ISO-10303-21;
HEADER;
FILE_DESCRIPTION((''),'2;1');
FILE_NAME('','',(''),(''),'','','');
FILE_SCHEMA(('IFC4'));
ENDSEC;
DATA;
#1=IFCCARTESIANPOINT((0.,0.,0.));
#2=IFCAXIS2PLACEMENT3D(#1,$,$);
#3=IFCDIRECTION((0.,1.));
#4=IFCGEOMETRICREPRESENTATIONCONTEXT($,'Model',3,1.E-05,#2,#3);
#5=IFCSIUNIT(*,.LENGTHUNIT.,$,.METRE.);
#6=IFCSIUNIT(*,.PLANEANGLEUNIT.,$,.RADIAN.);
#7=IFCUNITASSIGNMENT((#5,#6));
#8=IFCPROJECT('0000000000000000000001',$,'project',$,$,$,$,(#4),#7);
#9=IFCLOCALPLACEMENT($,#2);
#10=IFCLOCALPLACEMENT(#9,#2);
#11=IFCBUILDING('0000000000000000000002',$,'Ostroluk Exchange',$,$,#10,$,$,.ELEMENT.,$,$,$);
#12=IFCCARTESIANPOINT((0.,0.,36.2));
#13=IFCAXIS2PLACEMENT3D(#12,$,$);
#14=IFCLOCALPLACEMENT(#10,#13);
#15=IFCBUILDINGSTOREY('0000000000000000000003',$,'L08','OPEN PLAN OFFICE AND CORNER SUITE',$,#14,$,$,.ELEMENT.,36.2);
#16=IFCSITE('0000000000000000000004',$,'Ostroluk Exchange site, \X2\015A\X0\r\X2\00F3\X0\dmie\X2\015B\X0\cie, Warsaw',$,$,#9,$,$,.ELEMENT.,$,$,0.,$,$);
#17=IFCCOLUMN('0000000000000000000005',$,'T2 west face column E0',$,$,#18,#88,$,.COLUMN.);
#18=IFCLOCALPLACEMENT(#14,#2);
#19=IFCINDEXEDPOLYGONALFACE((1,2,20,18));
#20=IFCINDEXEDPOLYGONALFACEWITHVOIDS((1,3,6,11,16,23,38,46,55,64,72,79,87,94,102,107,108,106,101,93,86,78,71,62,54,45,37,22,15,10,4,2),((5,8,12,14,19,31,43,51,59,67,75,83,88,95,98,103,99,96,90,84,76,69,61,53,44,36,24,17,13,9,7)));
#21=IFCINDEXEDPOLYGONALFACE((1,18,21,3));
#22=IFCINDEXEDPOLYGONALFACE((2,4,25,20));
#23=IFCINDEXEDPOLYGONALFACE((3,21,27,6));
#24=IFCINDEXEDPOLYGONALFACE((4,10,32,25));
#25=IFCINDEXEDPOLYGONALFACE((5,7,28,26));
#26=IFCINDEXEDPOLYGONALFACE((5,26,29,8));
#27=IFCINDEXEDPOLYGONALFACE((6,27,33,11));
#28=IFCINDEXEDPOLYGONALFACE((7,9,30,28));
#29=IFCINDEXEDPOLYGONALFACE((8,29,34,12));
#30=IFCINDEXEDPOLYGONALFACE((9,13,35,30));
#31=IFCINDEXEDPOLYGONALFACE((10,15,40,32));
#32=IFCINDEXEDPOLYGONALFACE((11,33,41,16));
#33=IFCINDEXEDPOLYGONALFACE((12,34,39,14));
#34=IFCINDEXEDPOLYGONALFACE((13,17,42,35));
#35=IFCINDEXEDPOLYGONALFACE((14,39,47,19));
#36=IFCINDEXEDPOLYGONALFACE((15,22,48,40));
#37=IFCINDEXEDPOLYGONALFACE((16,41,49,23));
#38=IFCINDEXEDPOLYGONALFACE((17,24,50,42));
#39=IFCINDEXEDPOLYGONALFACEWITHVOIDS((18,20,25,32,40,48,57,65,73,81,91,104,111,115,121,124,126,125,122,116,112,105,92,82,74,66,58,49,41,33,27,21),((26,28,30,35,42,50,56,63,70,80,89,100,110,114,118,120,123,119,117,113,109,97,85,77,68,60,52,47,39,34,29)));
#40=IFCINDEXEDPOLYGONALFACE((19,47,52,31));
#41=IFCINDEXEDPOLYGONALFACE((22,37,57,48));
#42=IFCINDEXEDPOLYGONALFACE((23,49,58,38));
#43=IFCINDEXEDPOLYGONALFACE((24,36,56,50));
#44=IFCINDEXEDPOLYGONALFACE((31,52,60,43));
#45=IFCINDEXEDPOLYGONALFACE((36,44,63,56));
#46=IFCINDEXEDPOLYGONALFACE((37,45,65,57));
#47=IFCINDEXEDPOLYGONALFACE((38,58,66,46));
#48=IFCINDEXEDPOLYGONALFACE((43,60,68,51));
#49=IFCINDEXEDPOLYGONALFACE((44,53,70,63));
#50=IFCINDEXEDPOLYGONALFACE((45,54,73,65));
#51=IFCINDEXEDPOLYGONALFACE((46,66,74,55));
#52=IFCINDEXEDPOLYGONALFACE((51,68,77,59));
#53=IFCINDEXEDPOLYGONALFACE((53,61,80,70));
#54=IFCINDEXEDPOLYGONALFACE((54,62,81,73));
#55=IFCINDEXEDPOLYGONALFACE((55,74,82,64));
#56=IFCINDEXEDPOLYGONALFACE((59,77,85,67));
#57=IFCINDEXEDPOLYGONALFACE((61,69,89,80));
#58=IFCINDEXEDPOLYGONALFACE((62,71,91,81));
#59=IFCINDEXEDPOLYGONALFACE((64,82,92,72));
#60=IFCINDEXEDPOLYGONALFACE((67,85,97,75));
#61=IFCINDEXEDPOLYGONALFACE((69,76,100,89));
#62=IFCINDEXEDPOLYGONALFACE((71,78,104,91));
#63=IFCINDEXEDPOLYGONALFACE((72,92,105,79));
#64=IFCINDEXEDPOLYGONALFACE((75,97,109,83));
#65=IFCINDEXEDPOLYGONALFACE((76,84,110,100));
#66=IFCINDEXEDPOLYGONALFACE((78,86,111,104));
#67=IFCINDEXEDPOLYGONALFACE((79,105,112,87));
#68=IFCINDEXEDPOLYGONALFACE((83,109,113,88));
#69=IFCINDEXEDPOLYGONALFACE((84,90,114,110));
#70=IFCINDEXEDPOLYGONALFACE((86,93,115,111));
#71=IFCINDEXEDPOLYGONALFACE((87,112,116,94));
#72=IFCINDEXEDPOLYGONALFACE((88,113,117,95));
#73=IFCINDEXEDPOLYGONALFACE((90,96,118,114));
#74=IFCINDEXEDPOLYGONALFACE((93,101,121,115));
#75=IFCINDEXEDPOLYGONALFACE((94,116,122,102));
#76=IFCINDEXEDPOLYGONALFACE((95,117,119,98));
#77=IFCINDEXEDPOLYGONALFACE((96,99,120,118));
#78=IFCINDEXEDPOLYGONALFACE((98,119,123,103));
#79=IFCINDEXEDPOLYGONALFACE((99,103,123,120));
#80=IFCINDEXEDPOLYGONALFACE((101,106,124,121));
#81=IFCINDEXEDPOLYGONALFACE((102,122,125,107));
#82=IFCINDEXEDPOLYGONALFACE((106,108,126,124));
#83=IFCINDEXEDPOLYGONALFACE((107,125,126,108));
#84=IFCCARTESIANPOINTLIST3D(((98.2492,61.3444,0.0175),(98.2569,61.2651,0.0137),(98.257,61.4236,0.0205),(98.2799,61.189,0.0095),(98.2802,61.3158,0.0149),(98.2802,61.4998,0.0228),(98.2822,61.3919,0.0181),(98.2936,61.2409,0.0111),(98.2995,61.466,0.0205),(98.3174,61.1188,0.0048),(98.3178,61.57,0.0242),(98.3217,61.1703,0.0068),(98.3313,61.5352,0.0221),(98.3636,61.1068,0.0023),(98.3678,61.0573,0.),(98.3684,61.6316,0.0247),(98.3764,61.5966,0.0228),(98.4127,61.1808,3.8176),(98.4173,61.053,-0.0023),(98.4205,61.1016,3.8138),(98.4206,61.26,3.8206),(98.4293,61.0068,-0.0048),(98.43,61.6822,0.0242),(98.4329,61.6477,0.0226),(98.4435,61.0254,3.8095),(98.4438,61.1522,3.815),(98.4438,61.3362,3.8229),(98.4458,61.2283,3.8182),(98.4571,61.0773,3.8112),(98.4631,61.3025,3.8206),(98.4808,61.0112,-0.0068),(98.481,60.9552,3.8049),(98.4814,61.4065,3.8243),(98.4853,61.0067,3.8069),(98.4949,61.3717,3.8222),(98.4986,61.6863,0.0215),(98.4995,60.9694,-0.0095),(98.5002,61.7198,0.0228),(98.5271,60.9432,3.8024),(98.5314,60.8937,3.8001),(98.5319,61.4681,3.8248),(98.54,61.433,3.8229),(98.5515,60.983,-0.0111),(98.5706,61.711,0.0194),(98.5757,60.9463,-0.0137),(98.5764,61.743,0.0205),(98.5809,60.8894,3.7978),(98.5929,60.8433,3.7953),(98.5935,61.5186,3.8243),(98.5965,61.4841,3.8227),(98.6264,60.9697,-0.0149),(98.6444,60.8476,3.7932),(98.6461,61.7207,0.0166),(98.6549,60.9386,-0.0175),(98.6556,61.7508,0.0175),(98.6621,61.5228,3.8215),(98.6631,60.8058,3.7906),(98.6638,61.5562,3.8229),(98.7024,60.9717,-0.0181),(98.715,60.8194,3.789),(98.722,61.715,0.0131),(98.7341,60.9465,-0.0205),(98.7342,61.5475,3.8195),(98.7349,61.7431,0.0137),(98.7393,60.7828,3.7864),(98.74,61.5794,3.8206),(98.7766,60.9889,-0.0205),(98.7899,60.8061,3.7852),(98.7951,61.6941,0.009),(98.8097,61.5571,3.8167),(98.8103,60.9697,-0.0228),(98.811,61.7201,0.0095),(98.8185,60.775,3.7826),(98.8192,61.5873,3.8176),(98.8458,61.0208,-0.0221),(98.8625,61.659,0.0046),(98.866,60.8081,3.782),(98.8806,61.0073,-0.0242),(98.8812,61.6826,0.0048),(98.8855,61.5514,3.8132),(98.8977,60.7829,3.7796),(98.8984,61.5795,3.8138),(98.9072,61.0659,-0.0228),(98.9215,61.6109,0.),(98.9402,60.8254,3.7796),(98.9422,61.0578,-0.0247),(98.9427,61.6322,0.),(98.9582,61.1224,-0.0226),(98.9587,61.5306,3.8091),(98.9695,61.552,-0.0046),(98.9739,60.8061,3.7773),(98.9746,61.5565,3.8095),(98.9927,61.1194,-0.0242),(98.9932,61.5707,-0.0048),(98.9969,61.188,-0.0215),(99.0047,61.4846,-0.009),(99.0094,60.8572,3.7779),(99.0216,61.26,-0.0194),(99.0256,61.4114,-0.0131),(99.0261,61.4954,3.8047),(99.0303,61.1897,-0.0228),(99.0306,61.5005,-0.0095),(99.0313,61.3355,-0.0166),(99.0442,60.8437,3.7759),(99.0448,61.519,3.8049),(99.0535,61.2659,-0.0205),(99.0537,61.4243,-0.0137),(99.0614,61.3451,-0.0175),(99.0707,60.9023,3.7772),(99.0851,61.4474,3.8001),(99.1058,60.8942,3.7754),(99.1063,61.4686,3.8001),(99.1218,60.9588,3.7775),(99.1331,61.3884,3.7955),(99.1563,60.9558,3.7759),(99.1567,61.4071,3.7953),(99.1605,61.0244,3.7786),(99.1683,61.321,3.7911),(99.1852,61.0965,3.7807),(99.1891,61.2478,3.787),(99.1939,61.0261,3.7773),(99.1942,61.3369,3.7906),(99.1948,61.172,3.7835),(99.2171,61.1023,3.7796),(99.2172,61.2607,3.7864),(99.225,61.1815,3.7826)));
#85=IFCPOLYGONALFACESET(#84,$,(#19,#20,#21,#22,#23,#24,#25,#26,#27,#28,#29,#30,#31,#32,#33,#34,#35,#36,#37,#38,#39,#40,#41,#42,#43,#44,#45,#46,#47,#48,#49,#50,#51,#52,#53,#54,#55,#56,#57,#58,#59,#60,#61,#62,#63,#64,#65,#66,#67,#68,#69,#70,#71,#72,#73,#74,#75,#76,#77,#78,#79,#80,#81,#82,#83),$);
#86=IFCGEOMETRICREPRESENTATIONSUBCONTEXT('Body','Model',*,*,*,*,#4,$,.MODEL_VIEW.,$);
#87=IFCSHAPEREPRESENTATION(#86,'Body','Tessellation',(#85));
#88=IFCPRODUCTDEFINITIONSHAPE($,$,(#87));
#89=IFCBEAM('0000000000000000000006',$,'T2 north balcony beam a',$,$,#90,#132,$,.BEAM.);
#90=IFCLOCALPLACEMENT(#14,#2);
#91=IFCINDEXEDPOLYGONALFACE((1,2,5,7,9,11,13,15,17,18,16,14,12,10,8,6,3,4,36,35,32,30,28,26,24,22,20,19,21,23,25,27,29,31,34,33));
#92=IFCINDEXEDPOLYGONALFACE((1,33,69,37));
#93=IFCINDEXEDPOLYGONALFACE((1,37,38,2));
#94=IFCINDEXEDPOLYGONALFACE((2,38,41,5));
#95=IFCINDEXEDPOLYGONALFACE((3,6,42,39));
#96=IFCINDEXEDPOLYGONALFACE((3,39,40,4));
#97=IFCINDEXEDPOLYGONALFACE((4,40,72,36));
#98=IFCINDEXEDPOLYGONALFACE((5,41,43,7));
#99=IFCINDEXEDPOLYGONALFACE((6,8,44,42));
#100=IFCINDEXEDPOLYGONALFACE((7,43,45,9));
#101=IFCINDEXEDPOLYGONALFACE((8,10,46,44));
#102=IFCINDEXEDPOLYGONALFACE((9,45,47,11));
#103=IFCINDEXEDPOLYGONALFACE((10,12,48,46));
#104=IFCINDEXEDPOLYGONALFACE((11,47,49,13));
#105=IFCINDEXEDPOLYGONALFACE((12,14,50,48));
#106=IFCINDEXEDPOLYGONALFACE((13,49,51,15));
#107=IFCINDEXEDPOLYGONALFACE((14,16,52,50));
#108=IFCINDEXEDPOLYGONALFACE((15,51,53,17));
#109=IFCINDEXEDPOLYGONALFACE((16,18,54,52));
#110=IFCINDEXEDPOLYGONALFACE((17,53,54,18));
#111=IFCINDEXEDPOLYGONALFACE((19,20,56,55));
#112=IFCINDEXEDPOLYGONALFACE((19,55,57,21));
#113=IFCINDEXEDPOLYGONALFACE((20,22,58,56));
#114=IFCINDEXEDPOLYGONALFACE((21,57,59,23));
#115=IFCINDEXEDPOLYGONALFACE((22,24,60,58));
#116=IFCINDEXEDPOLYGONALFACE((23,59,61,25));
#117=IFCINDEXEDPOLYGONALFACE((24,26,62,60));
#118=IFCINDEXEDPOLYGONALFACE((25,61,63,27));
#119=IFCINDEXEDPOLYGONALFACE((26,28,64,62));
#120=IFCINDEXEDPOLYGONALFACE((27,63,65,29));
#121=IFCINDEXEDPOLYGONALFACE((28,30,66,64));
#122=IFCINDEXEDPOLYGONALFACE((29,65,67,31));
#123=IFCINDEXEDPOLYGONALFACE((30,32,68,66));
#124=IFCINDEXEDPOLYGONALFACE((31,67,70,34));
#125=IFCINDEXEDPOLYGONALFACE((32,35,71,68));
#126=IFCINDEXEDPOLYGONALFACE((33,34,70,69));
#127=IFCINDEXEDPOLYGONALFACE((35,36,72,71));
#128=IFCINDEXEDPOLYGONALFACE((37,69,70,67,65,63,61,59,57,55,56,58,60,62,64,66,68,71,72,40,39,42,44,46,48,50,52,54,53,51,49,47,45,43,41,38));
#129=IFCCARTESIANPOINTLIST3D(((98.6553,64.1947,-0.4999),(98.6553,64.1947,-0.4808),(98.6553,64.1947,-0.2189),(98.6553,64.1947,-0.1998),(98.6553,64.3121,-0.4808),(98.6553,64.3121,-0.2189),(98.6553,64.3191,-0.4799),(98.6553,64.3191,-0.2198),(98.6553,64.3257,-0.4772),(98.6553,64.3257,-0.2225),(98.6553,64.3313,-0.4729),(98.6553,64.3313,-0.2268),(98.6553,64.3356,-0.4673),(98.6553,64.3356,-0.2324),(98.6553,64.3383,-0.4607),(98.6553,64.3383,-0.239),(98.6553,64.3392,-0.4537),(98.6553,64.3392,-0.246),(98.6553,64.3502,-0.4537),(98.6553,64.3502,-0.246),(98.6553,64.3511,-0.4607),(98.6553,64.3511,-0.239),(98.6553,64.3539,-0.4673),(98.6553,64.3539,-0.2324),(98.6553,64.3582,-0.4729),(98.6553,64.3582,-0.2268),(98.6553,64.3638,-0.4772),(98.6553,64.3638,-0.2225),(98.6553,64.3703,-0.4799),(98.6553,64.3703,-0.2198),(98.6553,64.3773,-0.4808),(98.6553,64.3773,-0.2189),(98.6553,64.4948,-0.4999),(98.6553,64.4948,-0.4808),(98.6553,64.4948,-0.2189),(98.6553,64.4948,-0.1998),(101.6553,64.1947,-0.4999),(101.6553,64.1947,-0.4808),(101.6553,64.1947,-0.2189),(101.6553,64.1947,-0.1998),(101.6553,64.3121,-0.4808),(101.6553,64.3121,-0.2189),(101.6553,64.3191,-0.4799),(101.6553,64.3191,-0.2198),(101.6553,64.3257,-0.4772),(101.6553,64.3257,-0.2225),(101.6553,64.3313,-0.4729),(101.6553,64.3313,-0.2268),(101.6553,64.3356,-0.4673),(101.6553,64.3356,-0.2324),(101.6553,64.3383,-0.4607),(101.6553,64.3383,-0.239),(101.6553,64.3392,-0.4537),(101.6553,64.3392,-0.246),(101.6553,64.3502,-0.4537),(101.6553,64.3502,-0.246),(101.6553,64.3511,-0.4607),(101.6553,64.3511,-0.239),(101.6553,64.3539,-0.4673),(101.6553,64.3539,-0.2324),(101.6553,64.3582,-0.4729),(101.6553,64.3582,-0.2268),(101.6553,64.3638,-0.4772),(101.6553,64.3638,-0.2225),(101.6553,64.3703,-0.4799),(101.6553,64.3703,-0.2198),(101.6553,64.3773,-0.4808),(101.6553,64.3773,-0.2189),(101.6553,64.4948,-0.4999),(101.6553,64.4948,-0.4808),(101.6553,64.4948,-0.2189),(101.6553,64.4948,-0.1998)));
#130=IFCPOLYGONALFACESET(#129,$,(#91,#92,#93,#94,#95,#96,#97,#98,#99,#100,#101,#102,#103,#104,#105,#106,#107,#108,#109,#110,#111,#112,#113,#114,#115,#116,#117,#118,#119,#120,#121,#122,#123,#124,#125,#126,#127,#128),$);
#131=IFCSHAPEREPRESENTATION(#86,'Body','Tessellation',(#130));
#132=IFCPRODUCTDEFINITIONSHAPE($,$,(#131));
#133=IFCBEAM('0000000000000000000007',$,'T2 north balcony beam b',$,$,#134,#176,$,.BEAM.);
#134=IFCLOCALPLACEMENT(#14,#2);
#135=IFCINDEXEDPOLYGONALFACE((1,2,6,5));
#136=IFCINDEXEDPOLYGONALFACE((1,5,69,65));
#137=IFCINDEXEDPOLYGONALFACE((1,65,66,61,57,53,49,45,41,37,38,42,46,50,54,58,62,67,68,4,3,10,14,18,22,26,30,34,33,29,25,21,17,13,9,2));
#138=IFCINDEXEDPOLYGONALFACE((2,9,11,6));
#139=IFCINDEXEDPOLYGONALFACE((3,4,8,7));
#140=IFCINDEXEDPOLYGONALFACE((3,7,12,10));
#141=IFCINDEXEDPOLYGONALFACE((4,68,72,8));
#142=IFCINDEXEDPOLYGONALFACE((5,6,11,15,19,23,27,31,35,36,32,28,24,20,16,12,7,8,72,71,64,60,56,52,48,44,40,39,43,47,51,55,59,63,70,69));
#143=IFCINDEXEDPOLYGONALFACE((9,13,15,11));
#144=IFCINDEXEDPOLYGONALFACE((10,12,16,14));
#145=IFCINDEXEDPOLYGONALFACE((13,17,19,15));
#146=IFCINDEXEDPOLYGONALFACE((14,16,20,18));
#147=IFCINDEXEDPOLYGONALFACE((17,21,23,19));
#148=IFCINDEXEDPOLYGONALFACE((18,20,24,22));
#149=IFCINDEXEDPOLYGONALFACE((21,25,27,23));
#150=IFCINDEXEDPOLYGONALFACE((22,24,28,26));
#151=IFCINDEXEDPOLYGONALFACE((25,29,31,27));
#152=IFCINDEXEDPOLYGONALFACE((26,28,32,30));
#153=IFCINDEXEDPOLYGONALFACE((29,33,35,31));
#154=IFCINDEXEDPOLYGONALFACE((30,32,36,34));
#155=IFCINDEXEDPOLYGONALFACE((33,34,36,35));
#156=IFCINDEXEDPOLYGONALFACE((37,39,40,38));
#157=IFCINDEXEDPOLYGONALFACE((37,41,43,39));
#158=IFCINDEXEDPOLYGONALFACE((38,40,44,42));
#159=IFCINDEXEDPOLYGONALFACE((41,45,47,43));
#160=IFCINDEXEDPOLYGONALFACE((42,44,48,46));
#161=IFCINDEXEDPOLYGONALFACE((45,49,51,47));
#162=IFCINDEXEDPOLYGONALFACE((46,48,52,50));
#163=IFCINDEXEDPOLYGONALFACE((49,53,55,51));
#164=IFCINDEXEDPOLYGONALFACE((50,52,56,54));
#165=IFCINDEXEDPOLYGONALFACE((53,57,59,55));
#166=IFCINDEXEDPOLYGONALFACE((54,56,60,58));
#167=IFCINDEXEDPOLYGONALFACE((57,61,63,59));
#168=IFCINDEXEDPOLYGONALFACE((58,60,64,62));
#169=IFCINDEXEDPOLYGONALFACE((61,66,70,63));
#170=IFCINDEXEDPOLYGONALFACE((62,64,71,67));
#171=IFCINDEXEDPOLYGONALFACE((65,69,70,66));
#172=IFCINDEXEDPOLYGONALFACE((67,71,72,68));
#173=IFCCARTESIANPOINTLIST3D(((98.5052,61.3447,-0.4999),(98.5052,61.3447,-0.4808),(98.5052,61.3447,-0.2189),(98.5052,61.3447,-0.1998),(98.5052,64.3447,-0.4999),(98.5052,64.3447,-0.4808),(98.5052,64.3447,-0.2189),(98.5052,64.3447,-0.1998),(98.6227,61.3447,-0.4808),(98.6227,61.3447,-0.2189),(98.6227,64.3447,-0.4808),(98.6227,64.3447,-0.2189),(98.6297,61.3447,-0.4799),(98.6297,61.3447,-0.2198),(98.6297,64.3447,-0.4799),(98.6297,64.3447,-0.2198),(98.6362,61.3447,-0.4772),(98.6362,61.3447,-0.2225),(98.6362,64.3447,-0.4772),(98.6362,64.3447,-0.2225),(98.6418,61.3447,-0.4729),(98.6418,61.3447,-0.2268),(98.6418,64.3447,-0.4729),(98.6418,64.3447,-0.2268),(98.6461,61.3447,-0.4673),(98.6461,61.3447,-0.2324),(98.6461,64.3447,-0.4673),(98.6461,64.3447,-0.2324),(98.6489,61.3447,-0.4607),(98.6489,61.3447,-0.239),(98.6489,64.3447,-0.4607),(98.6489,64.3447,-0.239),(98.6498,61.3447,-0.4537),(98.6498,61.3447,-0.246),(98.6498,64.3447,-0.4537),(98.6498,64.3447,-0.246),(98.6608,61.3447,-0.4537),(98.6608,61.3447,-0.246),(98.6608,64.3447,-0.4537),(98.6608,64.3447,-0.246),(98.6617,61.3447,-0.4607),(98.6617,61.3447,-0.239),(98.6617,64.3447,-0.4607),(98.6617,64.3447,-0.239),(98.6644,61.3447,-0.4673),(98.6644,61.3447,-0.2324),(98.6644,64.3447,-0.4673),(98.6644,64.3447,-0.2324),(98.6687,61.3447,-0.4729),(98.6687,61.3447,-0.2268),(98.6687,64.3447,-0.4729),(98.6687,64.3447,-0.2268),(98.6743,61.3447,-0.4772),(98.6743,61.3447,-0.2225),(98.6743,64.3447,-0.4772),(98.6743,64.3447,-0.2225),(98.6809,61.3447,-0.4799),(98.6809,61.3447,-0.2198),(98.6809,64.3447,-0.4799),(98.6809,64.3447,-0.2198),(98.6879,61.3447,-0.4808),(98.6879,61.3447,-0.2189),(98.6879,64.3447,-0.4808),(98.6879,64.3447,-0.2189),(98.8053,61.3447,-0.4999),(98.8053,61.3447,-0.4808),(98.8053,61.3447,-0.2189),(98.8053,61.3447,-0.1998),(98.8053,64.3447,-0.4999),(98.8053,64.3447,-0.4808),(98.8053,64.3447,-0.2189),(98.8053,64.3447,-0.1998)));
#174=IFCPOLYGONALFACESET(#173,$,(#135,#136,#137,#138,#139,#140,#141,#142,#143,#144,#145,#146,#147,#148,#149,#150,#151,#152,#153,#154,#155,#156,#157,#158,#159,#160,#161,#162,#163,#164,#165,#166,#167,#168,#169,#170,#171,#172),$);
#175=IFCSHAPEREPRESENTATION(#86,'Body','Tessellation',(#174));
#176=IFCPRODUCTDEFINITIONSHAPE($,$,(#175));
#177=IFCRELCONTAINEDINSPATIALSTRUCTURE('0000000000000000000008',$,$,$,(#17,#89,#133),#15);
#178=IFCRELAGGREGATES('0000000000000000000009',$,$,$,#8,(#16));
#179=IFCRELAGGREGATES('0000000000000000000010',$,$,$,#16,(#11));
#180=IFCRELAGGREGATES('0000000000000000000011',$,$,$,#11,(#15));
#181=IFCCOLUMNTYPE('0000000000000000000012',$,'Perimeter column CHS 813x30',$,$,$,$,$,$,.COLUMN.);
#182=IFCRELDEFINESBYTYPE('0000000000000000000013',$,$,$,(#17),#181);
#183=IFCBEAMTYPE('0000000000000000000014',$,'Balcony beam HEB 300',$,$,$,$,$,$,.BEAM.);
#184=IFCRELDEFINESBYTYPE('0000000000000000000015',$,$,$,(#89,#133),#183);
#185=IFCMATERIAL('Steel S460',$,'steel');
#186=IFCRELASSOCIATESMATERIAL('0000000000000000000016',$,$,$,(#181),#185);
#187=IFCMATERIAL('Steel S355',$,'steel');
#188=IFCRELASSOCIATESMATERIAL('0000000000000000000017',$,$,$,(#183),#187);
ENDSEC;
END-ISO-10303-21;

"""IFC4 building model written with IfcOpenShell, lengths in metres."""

from ifc_helpers import new_model, si_unit, direction, frame, origin, origin_2d, place, context, subcontext, project, spatial, hollow_circle, i_section, extrude, material, material_profile, profile_set, type_object, element, save


model = new_model("IFC4")

# Units and contexts
model_context = context("Model", 3, precision=1e-05, world=origin(), true_north=direction((0.0, 1.0)))
body_context = subcontext(model_context, "Body", "Model", "MODEL_VIEW")
ifc_project = project(units=[si_unit("LENGTHUNIT", "METRE"), si_unit("PLANEANGLEUNIT", "RADIAN")], contexts=[model_context])

# Site, building, storey
site_placement = place(None, origin())
site = spatial("IfcSite", under=ifc_project, at=site_placement, Name="Ostroluk Exchange site, Śródmieście, Warsaw", CompositionType="ELEMENT", RefElevation=0.0)
building_placement = place(site_placement, origin())
building = spatial("IfcBuilding", under=site, at=building_placement, Name="Ostroluk Exchange", CompositionType="ELEMENT")
storey_placement = place(building_placement, frame((0.0, 0.0, 36.2)))
storey = spatial("IfcBuildingStorey", under=building, at=storey_placement, Name="L08", Description="OPEN PLAN OFFICE AND CORNER SUITE", CompositionType="ELEMENT", Elevation=36.2)

# Column
ifc_material_1 = material(Name="Steel S460", Category="steel")
ifc_material_profile_1 = material_profile(ifc_material_1, hollow_circle(Radius=0.4065, WallThickness=0.03, at=origin_2d()), Name="CHS 813x30")
ifc_profile_set_1 = profile_set([ifc_material_profile_1], Name="Steel S460")
column_type = type_object("IfcColumnType", Name="Perimeter column CHS 813x30", PredefinedType="COLUMN", material=ifc_profile_set_1)
column_1_placement = place(storey_placement, frame((98.6553, 61.3447, 0.0), z_axis=(0.042966, -0.042966, 0.998152), x_axis=(0.707107, 0.707107, 0.0)))
element("IfcColumn", 1, at=column_1_placement, inside=storey, type_object=column_type, Name="T2 west face column E0", PredefinedType="COLUMN", context=body_context, shape_type="SweptSolid", body=[
    extrude(hollow_circle(Radius=0.4065, WallThickness=0.03, at=origin_2d()), origin(), (0.0, 0.0, 1.0), 3.8071),
])

# Beams
ifc_material_2 = material(Name="Steel S355", Category="steel")
ifc_material_profile_2 = material_profile(ifc_material_2, i_section(OverallWidth=0.3, OverallDepth=0.3, WebThickness=0.011, FlangeThickness=0.019, FilletRadius=0.0271, at=origin_2d()), Name="HEB 300")
ifc_profile_set_2 = profile_set([ifc_material_profile_2], Name="Steel S355")
beam_type_1 = type_object("IfcBeamType", Name="Balcony beam HEB 300", PredefinedType="BEAM", material=ifc_profile_set_2)
for number, where, z_axis, x_axis, name in (
    (2, (101.6553, 64.3447, -0.3499), (-1.0, 0.0, 0.0), (0.0, -1.0, 0.0), "T2 north balcony beam a"),
    (3, (98.6553, 61.3447, -0.3499), (0.0, 1.0, 0.0), (-1.0, 0.0, 0.0), "T2 north balcony beam b"),
):
    element("IfcBeam", number, at=place(storey_placement, frame(where, z_axis=z_axis, x_axis=x_axis)), inside=storey, type_object=beam_type_1, Name=name, PredefinedType="BEAM", context=body_context, shape_type="SweptSolid", body=[
        extrude(i_section(OverallWidth=0.3, OverallDepth=0.3, WebThickness=0.011, FlangeThickness=0.019, FilletRadius=0.0271, at=origin_2d()), origin(), (0.0, 0.0, 1.0), 3.0),
    ])

save(model, "model.ifc")
